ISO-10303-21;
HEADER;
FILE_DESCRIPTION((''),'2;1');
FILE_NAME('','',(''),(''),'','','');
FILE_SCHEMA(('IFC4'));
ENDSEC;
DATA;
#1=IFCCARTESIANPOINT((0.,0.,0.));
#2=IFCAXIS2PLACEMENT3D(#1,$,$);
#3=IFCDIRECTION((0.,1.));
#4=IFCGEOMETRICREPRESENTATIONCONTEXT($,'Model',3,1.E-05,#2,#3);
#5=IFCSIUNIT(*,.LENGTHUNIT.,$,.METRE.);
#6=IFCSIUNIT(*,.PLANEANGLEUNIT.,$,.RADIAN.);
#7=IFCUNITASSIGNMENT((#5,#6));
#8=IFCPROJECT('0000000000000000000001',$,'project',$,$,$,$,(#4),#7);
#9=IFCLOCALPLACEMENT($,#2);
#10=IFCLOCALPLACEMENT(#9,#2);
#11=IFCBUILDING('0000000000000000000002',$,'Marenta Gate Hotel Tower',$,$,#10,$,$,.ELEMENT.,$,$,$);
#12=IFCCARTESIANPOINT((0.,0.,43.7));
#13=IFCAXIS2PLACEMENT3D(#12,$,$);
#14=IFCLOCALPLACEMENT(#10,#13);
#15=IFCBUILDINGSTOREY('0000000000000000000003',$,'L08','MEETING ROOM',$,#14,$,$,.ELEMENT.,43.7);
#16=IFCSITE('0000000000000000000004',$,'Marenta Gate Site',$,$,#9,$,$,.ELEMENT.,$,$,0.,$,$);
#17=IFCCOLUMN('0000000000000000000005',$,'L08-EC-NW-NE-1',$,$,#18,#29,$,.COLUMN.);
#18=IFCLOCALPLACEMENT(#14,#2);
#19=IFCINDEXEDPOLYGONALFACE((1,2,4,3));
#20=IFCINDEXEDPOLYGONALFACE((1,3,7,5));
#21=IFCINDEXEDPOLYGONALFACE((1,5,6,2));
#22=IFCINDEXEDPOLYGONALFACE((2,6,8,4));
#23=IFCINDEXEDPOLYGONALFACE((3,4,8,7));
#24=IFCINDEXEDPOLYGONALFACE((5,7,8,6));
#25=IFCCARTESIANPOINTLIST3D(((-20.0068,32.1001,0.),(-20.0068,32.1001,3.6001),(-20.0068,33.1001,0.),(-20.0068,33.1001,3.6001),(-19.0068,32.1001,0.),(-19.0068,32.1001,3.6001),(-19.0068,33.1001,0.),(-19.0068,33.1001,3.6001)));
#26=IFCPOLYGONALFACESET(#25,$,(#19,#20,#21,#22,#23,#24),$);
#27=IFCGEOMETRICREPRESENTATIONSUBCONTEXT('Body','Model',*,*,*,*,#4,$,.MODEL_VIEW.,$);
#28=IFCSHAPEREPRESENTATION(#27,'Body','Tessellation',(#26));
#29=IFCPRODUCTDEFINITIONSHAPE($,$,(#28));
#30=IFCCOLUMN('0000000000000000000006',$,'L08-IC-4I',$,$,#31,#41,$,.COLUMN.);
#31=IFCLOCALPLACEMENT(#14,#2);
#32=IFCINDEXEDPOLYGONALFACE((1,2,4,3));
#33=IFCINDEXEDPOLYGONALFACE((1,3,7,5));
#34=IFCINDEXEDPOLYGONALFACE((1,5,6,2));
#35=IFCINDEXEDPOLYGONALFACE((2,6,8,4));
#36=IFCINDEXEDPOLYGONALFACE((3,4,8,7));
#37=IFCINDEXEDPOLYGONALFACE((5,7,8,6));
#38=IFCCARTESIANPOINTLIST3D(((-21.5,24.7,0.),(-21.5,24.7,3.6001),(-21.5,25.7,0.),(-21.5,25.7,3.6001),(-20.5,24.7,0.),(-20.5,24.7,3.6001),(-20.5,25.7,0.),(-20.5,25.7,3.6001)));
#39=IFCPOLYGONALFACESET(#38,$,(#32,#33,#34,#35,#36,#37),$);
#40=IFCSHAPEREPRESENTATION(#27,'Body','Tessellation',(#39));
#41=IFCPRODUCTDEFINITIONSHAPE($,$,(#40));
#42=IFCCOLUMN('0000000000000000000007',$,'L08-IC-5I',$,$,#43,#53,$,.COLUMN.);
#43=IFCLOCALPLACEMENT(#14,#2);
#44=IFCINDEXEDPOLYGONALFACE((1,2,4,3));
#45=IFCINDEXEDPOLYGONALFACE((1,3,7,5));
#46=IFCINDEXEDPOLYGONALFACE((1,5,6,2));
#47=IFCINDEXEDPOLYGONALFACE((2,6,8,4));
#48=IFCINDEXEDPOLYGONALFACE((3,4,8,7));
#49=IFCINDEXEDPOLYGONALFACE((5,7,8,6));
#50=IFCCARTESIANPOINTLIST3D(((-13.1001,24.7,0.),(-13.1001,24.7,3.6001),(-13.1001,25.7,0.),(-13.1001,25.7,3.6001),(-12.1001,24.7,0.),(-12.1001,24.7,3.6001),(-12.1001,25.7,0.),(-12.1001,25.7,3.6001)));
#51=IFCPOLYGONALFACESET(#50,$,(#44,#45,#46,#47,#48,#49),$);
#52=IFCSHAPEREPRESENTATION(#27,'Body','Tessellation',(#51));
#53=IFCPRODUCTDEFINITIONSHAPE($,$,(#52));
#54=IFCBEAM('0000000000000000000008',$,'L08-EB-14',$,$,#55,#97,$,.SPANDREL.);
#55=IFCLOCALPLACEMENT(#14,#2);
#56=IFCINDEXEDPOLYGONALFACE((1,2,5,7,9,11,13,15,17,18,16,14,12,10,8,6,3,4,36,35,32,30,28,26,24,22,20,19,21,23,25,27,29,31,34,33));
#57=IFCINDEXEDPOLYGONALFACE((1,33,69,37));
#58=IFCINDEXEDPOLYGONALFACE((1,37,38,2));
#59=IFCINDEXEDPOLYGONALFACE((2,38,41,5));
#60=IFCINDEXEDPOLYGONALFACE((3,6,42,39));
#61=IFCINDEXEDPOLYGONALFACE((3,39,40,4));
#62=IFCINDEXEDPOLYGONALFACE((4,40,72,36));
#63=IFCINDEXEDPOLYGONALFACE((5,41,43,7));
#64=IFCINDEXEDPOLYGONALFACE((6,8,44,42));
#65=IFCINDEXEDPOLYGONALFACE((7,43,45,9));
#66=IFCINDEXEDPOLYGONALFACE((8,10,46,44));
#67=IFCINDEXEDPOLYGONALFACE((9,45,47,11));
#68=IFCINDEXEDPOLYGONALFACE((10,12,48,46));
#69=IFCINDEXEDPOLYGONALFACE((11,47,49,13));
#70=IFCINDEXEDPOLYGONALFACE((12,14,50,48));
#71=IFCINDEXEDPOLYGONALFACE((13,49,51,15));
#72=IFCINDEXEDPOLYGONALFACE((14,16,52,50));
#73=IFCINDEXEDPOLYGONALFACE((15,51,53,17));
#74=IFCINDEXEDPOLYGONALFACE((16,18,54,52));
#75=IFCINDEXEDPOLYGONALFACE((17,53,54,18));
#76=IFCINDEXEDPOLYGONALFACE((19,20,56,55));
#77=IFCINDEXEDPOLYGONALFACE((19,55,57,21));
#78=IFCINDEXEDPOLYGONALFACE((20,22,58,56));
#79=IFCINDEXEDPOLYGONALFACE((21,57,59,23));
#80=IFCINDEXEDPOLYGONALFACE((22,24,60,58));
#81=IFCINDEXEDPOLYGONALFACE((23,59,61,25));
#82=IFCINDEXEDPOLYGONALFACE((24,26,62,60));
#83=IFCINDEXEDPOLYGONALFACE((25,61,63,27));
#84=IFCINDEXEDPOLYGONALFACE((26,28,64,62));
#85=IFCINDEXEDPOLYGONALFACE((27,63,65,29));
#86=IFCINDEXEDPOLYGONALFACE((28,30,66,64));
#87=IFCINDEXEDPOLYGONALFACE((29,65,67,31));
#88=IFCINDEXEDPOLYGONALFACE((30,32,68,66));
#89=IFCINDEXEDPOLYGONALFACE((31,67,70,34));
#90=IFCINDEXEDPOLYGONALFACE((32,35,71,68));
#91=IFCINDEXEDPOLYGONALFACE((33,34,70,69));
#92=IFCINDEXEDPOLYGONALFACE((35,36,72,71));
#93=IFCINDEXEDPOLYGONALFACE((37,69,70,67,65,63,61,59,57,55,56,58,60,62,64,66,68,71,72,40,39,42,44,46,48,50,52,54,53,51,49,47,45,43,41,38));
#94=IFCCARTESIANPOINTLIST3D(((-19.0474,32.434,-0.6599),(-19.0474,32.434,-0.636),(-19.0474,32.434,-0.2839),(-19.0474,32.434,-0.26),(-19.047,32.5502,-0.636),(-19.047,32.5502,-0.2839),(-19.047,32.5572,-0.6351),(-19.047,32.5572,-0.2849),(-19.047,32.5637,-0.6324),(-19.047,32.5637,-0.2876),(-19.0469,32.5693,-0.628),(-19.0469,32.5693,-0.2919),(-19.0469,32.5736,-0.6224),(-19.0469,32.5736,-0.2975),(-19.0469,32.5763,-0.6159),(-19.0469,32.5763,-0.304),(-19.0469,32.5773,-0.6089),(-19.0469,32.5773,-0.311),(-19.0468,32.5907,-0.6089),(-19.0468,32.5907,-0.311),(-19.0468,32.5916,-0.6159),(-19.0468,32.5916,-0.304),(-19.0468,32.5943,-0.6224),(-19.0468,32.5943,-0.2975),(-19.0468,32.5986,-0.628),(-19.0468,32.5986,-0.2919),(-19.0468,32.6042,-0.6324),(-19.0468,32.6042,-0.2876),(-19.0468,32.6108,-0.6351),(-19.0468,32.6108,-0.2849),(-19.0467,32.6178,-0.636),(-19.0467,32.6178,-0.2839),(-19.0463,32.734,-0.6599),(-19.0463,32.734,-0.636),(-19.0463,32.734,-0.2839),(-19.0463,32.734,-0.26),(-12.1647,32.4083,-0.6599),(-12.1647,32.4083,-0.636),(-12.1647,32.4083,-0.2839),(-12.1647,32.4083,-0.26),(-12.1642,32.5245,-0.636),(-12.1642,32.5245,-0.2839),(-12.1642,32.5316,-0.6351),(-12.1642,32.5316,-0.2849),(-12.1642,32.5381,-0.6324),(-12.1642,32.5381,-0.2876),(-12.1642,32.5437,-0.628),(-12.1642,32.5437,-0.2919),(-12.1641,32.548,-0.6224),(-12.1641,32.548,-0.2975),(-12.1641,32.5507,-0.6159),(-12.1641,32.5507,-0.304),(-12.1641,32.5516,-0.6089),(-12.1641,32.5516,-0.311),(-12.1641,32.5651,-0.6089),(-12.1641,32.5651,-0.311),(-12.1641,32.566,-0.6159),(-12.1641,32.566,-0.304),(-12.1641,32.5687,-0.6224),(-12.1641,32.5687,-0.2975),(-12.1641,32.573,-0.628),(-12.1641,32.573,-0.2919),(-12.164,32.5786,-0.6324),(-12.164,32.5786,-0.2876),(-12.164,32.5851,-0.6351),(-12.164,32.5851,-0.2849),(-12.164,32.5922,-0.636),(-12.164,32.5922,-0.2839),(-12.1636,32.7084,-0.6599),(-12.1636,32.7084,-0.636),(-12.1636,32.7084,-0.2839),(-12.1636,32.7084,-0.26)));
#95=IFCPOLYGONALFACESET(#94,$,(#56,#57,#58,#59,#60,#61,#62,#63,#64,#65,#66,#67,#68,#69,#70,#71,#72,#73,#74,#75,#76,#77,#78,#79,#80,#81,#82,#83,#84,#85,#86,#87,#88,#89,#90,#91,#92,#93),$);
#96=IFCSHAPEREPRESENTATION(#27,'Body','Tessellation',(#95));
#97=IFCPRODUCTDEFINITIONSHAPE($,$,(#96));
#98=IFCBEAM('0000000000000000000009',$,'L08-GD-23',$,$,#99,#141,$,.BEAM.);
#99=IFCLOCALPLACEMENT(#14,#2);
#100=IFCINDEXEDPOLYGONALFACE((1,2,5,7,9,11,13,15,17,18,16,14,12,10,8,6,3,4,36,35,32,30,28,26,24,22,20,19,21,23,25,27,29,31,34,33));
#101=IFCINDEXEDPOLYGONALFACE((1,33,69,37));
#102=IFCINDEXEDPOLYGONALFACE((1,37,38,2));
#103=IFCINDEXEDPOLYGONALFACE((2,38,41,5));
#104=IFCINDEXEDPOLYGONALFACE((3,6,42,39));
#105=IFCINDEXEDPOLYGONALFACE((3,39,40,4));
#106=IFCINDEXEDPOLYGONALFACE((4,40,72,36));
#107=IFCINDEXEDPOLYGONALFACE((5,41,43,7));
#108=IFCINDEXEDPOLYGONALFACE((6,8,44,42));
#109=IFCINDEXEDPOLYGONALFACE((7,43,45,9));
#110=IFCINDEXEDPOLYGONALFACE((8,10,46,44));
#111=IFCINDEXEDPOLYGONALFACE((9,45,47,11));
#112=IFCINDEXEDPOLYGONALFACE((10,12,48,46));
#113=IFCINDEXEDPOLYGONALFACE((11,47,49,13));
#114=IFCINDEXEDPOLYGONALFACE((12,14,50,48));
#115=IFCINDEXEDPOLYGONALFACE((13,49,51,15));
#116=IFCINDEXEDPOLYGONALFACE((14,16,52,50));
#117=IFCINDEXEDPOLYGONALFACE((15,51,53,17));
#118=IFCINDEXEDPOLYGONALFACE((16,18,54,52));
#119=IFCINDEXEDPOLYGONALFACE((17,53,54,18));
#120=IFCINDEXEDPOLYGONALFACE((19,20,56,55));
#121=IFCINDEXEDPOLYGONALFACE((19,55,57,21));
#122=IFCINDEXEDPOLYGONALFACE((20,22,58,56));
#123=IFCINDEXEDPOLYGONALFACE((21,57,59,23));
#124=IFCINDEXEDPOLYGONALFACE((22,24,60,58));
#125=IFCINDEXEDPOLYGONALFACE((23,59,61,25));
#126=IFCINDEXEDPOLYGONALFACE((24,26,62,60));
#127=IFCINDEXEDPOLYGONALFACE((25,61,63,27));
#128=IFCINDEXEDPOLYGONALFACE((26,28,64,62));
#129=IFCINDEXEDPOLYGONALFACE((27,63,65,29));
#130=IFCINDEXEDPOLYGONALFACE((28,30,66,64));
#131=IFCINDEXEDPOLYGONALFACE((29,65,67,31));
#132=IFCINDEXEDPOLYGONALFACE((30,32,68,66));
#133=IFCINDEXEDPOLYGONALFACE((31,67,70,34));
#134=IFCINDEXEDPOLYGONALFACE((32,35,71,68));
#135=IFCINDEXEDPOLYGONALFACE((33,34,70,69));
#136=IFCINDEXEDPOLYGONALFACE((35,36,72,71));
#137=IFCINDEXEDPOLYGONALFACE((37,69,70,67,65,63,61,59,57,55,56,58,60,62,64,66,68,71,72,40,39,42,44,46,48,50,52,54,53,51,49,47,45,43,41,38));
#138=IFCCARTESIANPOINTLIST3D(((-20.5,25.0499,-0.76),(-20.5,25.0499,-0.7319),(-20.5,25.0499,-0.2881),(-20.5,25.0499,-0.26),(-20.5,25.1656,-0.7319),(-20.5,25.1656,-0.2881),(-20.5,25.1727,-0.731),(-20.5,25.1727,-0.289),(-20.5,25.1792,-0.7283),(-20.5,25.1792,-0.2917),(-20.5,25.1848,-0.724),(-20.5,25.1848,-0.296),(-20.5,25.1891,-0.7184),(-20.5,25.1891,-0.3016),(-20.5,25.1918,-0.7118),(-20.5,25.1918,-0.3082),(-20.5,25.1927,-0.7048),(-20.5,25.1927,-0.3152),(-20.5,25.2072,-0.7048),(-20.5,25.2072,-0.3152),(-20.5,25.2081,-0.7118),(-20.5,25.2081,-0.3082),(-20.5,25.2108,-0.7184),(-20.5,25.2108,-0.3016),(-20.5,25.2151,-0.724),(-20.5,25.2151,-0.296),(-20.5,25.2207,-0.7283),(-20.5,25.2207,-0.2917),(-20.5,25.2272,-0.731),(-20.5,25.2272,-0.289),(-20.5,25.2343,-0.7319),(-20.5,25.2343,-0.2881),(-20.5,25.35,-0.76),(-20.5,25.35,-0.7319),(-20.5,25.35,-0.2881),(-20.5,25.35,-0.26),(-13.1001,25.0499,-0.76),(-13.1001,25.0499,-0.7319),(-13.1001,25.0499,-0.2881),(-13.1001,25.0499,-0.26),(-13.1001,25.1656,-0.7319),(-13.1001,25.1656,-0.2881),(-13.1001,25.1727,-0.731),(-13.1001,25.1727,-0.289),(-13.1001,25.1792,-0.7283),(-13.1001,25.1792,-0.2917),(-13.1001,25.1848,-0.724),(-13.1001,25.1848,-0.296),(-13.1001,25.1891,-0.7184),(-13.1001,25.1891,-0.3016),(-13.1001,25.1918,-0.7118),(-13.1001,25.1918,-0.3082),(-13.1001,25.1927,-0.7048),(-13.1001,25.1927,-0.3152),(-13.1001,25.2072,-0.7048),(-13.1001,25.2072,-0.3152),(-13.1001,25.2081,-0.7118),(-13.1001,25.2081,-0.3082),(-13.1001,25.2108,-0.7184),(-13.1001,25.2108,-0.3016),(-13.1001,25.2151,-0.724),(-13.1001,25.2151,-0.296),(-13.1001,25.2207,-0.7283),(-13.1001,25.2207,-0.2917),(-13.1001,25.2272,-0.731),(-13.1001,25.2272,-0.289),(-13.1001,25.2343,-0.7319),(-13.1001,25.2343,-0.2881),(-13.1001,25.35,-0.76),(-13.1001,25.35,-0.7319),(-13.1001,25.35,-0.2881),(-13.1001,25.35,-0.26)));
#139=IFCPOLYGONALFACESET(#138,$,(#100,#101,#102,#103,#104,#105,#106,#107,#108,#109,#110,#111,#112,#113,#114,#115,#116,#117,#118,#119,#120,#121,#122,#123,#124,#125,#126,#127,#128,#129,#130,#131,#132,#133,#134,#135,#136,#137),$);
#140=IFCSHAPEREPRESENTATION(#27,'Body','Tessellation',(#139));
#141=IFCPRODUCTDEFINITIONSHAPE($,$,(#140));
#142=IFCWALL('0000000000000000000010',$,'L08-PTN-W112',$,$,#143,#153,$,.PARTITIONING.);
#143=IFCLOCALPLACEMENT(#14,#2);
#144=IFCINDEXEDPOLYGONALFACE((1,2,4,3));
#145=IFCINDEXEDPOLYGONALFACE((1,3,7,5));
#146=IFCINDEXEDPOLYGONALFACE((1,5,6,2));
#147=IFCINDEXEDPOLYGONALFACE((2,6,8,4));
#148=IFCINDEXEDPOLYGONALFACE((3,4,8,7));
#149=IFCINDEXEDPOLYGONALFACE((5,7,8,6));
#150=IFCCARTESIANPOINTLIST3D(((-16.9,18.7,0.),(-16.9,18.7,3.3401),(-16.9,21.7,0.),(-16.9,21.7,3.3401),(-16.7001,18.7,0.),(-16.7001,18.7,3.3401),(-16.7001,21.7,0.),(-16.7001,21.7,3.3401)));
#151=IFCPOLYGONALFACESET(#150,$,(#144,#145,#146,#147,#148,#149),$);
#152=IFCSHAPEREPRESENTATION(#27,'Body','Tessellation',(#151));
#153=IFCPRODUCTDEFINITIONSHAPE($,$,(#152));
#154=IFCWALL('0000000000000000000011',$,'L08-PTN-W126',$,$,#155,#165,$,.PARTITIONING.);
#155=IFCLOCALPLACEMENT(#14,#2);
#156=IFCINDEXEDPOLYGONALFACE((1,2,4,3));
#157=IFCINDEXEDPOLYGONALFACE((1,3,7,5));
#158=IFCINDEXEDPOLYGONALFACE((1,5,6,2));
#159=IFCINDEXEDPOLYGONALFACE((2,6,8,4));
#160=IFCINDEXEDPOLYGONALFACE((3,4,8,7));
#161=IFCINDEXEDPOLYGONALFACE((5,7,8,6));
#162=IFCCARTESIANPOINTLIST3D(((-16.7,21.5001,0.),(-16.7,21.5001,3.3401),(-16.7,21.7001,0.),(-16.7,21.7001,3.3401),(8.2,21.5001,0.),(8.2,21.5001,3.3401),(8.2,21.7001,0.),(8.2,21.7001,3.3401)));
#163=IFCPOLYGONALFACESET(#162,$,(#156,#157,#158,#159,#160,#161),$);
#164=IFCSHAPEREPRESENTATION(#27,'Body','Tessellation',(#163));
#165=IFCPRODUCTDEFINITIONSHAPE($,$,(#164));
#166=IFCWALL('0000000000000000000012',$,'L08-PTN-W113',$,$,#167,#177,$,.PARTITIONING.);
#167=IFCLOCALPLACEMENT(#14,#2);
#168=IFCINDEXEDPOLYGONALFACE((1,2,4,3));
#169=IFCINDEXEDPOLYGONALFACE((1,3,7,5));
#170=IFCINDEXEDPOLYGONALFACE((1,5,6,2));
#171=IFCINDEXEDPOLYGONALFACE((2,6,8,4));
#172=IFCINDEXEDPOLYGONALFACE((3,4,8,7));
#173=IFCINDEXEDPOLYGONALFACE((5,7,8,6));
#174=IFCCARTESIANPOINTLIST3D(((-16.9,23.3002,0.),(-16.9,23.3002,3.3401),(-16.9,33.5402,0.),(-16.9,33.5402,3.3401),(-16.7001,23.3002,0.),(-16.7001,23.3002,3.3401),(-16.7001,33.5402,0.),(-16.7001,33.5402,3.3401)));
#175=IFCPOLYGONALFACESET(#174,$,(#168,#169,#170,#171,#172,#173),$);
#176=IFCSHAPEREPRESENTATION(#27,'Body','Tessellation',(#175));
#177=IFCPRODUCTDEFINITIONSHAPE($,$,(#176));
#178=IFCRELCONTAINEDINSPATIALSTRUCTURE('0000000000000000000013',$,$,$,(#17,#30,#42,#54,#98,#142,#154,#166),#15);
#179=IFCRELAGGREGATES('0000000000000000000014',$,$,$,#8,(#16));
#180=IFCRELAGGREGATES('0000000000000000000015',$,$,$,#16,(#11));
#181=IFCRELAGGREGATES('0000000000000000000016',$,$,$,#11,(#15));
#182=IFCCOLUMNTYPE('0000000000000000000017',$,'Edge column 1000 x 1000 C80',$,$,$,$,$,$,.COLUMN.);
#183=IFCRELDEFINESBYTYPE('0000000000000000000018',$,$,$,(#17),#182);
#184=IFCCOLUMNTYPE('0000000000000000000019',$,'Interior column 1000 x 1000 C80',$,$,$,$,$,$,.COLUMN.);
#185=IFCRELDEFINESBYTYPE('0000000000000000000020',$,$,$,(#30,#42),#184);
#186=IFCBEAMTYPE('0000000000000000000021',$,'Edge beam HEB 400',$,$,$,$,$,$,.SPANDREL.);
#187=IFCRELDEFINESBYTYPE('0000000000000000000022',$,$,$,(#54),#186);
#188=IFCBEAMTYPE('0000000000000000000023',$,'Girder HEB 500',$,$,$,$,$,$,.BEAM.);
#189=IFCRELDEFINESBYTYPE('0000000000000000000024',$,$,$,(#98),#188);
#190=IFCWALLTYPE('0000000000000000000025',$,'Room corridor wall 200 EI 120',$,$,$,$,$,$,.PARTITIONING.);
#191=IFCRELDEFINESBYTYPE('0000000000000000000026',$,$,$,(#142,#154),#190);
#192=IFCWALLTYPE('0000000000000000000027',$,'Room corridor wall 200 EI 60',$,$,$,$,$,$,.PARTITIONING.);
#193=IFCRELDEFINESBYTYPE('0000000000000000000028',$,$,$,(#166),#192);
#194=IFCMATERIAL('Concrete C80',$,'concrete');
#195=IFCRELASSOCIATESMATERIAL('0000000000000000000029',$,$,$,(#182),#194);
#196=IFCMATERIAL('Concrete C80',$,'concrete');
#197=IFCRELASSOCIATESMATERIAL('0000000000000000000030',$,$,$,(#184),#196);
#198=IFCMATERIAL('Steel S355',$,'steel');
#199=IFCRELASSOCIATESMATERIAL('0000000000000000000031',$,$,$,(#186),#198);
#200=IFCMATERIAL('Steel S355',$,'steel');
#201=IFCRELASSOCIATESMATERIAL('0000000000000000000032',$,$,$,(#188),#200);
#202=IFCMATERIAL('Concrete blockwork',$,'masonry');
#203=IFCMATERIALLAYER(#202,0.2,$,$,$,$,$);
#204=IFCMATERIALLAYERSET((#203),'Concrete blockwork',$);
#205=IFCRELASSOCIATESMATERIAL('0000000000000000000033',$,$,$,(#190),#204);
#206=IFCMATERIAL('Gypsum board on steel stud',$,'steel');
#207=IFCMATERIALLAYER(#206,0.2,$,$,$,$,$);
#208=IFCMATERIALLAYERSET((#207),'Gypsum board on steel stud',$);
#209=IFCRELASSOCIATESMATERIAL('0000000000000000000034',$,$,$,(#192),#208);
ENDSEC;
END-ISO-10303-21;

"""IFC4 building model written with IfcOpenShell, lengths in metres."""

from ifc_helpers import new_model, si_unit, direction, frame, frame_2d, origin, origin_2d, place, context, subcontext, project, spatial, rectangle, i_section, extrude, material, layer, layer_set, material_profile, profile_set, type_object, element, save


model = new_model("IFC4")

# Units and contexts
model_context = context("Model", 3, precision=1e-05, world=origin(), true_north=direction((0.0, 1.0)))
body_context = subcontext(model_context, "Body", "Model", "MODEL_VIEW")
ifc_project = project(units=[si_unit("LENGTHUNIT", "METRE"), si_unit("PLANEANGLEUNIT", "RADIAN")], contexts=[model_context])

# Site, building, storey
site_placement = place(None, origin())
site = spatial("IfcSite", under=ifc_project, at=site_placement, Name="Marenta Gate Site", CompositionType="ELEMENT", RefElevation=0.0)
building_placement = place(site_placement, origin())
building = spatial("IfcBuilding", under=site, at=building_placement, Name="Marenta Gate Hotel Tower", CompositionType="ELEMENT")
storey_placement = place(building_placement, frame((0.0, 0.0, 43.7)))
storey = spatial("IfcBuildingStorey", under=building, at=storey_placement, Name="L08", Description="MEETING ROOM", CompositionType="ELEMENT", Elevation=43.7)

# Columns
ifc_material_1 = material(Name="Concrete C80", Category="concrete")
ifc_material_profile_1 = material_profile(ifc_material_1, rectangle(XDim=1.0, YDim=1.0, at=origin_2d()), Name="1000 x 1000")
ifc_profile_set_1 = profile_set([ifc_material_profile_1], Name="Concrete C80")
column_type_1 = type_object("IfcColumnType", Name="Edge column 1000 x 1000 C80", PredefinedType="COLUMN", material=ifc_profile_set_1)
column_placement = place(storey_placement, frame((-19.5068, 32.6001, 0.0), z_axis=(0.0, 0.0, 1.0), x_axis=(1.0, 0.0, 0.0)))
element("IfcColumn", 1, at=column_placement, inside=storey, type_object=column_type_1, Name="L08-EC-NW-NE-1", PredefinedType="COLUMN", context=body_context, shape_type="SweptSolid", body=[
    extrude(rectangle(XDim=1.0, YDim=1.0, at=origin_2d()), origin(), (0.0, 0.0, 1.0), 3.6001),
])
ifc_material_2 = material(Name="Concrete C80", Category="concrete")
ifc_material_profile_2 = material_profile(ifc_material_2, rectangle(XDim=1.0, YDim=1.0, at=origin_2d()), Name="1000 x 1000")
ifc_profile_set_2 = profile_set([ifc_material_profile_2], Name="Concrete C80")
column_type_2 = type_object("IfcColumnType", Name="Interior column 1000 x 1000 C80", PredefinedType="COLUMN", material=ifc_profile_set_2)
for number, where, z_axis, x_axis, name in (
    (2, (-21.0, 25.2, 0.0), (0.0, 0.0, 1.0), (1.0, 0.0, 0.0), "L08-IC-4I"),
    (3, (-12.6001, 25.2, 0.0), (0.0, 0.0, 1.0), (1.0, 0.0, 0.0), "L08-IC-5I"),
):
    element("IfcColumn", number, at=place(storey_placement, frame(where, z_axis=z_axis, x_axis=x_axis)), inside=storey, type_object=column_type_2, Name=name, PredefinedType="COLUMN", context=body_context, shape_type="SweptSolid", body=[
        extrude(rectangle(XDim=1.0, YDim=1.0, at=origin_2d()), origin(), (0.0, 0.0, 1.0), 3.6001),
    ])

# Beams
ifc_material_3 = material(Name="Steel S355", Category="steel")
ifc_material_profile_3 = material_profile(ifc_material_3, i_section(OverallWidth=0.3, OverallDepth=0.3999, WebThickness=0.0134, FlangeThickness=0.0239, FilletRadius=0.0271, at=origin_2d()), Name="HEB 400")
ifc_profile_set_3 = profile_set([ifc_material_profile_3], Name="Steel S355")
beam_type_1 = type_object("IfcBeamType", Name="Edge beam HEB 400", PredefinedType="SPANDREL", material=ifc_profile_set_3)
beam_1_placement = place(storey_placement, frame((-19.0469, 32.584, -0.46), z_axis=(0.999993, -0.003724, 0.0), x_axis=(0.003724, 0.999993, 0.0)))
element("IfcBeam", 4, at=beam_1_placement, inside=storey, type_object=beam_type_1, Name="L08-EB-14", PredefinedType="SPANDREL", context=body_context, shape_type="SweptSolid", body=[
    extrude(i_section(OverallWidth=0.3, OverallDepth=0.3999, WebThickness=0.0134, FlangeThickness=0.0239, FilletRadius=0.0271, at=origin_2d()), origin(), (0.0, 0.0, 1.0), 6.8828),
])
ifc_material_4 = material(Name="Steel S355", Category="steel")
ifc_material_profile_4 = material_profile(ifc_material_4, i_section(OverallWidth=0.3, OverallDepth=0.5, WebThickness=0.0144, FlangeThickness=0.0281, FilletRadius=0.0271, at=origin_2d()), Name="HEB 500")
ifc_profile_set_4 = profile_set([ifc_material_profile_4], Name="Steel S355")
beam_type_2 = type_object("IfcBeamType", Name="Girder HEB 500", PredefinedType="BEAM", material=ifc_profile_set_4)
beam_2_placement = place(storey_placement, frame((-20.5, 25.2, -0.51), z_axis=(1.0, 0.0, 0.0), x_axis=(0.0, 1.0, 0.0)))
element("IfcBeam", 5, at=beam_2_placement, inside=storey, type_object=beam_type_2, Name="L08-GD-23", PredefinedType="BEAM", context=body_context, shape_type="SweptSolid", body=[
    extrude(i_section(OverallWidth=0.3, OverallDepth=0.5, WebThickness=0.0144, FlangeThickness=0.0281, FilletRadius=0.0271, at=origin_2d()), origin(), (0.0, 0.0, 1.0), 7.3999),
])

# Wall
ifc_material_5 = material(Name="Concrete blockwork", Category="masonry")
ifc_layer_1 = layer(ifc_material_5, 0.2)
ifc_layer_set_1 = layer_set([ifc_layer_1], Name="Concrete blockwork")
wall_type_1 = type_object("IfcWallType", Name="Room corridor wall 200 EI 120", PredefinedType="PARTITIONING", material=ifc_layer_set_1)
wall_1_placement = place(storey_placement, frame((-16.8, 18.7, 0.0), z_axis=(0.0, 0.0, 1.0), x_axis=(0.0, 1.0, 0.0)))
element("IfcWall", 6, at=wall_1_placement, inside=storey, type_object=wall_type_1, Name="L08-PTN-W112", PredefinedType="PARTITIONING", context=body_context, shape_type="SweptSolid", body=[
    extrude(rectangle(XDim=3.0, YDim=0.2, at=frame_2d((1.5, 0.0))), origin(), (0.0, 0.0, 1.0), 3.3401),
])

# Walls
wall_2_placement = place(storey_placement, frame((-16.7, 21.6001, 0.0), z_axis=(0.0, 0.0, 1.0), x_axis=(1.0, 0.0, 0.0)))
element("IfcWall", 7, at=wall_2_placement, inside=storey, type_object=wall_type_1, Name="L08-PTN-W126", PredefinedType="PARTITIONING", context=body_context, shape_type="SweptSolid", body=[
    extrude(rectangle(XDim=24.8999, YDim=0.2, at=frame_2d((12.45, 0.0))), origin(), (0.0, 0.0, 1.0), 3.3401),
])
ifc_material_6 = material(Name="Gypsum board on steel stud", Category="steel")
ifc_layer_2 = layer(ifc_material_6, 0.2)
ifc_layer_set_2 = layer_set([ifc_layer_2], Name="Gypsum board on steel stud")
wall_type_2 = type_object("IfcWallType", Name="Room corridor wall 200 EI 60", PredefinedType="PARTITIONING", material=ifc_layer_set_2)
wall_3_placement = place(storey_placement, frame((-16.8, 23.3, 0.0), z_axis=(0.0, 0.0, 1.0), x_axis=(0.0, 1.0, 0.0)))
element("IfcWall", 8, at=wall_3_placement, inside=storey, type_object=wall_type_2, Name="L08-PTN-W113", PredefinedType="PARTITIONING", context=body_context, shape_type="SweptSolid", body=[
    extrude(rectangle(XDim=10.24, YDim=0.2, at=frame_2d((5.1201, 0.0))), origin(), (0.0, 0.0, 1.0), 3.3401),
])

save(model, "model.ifc")
